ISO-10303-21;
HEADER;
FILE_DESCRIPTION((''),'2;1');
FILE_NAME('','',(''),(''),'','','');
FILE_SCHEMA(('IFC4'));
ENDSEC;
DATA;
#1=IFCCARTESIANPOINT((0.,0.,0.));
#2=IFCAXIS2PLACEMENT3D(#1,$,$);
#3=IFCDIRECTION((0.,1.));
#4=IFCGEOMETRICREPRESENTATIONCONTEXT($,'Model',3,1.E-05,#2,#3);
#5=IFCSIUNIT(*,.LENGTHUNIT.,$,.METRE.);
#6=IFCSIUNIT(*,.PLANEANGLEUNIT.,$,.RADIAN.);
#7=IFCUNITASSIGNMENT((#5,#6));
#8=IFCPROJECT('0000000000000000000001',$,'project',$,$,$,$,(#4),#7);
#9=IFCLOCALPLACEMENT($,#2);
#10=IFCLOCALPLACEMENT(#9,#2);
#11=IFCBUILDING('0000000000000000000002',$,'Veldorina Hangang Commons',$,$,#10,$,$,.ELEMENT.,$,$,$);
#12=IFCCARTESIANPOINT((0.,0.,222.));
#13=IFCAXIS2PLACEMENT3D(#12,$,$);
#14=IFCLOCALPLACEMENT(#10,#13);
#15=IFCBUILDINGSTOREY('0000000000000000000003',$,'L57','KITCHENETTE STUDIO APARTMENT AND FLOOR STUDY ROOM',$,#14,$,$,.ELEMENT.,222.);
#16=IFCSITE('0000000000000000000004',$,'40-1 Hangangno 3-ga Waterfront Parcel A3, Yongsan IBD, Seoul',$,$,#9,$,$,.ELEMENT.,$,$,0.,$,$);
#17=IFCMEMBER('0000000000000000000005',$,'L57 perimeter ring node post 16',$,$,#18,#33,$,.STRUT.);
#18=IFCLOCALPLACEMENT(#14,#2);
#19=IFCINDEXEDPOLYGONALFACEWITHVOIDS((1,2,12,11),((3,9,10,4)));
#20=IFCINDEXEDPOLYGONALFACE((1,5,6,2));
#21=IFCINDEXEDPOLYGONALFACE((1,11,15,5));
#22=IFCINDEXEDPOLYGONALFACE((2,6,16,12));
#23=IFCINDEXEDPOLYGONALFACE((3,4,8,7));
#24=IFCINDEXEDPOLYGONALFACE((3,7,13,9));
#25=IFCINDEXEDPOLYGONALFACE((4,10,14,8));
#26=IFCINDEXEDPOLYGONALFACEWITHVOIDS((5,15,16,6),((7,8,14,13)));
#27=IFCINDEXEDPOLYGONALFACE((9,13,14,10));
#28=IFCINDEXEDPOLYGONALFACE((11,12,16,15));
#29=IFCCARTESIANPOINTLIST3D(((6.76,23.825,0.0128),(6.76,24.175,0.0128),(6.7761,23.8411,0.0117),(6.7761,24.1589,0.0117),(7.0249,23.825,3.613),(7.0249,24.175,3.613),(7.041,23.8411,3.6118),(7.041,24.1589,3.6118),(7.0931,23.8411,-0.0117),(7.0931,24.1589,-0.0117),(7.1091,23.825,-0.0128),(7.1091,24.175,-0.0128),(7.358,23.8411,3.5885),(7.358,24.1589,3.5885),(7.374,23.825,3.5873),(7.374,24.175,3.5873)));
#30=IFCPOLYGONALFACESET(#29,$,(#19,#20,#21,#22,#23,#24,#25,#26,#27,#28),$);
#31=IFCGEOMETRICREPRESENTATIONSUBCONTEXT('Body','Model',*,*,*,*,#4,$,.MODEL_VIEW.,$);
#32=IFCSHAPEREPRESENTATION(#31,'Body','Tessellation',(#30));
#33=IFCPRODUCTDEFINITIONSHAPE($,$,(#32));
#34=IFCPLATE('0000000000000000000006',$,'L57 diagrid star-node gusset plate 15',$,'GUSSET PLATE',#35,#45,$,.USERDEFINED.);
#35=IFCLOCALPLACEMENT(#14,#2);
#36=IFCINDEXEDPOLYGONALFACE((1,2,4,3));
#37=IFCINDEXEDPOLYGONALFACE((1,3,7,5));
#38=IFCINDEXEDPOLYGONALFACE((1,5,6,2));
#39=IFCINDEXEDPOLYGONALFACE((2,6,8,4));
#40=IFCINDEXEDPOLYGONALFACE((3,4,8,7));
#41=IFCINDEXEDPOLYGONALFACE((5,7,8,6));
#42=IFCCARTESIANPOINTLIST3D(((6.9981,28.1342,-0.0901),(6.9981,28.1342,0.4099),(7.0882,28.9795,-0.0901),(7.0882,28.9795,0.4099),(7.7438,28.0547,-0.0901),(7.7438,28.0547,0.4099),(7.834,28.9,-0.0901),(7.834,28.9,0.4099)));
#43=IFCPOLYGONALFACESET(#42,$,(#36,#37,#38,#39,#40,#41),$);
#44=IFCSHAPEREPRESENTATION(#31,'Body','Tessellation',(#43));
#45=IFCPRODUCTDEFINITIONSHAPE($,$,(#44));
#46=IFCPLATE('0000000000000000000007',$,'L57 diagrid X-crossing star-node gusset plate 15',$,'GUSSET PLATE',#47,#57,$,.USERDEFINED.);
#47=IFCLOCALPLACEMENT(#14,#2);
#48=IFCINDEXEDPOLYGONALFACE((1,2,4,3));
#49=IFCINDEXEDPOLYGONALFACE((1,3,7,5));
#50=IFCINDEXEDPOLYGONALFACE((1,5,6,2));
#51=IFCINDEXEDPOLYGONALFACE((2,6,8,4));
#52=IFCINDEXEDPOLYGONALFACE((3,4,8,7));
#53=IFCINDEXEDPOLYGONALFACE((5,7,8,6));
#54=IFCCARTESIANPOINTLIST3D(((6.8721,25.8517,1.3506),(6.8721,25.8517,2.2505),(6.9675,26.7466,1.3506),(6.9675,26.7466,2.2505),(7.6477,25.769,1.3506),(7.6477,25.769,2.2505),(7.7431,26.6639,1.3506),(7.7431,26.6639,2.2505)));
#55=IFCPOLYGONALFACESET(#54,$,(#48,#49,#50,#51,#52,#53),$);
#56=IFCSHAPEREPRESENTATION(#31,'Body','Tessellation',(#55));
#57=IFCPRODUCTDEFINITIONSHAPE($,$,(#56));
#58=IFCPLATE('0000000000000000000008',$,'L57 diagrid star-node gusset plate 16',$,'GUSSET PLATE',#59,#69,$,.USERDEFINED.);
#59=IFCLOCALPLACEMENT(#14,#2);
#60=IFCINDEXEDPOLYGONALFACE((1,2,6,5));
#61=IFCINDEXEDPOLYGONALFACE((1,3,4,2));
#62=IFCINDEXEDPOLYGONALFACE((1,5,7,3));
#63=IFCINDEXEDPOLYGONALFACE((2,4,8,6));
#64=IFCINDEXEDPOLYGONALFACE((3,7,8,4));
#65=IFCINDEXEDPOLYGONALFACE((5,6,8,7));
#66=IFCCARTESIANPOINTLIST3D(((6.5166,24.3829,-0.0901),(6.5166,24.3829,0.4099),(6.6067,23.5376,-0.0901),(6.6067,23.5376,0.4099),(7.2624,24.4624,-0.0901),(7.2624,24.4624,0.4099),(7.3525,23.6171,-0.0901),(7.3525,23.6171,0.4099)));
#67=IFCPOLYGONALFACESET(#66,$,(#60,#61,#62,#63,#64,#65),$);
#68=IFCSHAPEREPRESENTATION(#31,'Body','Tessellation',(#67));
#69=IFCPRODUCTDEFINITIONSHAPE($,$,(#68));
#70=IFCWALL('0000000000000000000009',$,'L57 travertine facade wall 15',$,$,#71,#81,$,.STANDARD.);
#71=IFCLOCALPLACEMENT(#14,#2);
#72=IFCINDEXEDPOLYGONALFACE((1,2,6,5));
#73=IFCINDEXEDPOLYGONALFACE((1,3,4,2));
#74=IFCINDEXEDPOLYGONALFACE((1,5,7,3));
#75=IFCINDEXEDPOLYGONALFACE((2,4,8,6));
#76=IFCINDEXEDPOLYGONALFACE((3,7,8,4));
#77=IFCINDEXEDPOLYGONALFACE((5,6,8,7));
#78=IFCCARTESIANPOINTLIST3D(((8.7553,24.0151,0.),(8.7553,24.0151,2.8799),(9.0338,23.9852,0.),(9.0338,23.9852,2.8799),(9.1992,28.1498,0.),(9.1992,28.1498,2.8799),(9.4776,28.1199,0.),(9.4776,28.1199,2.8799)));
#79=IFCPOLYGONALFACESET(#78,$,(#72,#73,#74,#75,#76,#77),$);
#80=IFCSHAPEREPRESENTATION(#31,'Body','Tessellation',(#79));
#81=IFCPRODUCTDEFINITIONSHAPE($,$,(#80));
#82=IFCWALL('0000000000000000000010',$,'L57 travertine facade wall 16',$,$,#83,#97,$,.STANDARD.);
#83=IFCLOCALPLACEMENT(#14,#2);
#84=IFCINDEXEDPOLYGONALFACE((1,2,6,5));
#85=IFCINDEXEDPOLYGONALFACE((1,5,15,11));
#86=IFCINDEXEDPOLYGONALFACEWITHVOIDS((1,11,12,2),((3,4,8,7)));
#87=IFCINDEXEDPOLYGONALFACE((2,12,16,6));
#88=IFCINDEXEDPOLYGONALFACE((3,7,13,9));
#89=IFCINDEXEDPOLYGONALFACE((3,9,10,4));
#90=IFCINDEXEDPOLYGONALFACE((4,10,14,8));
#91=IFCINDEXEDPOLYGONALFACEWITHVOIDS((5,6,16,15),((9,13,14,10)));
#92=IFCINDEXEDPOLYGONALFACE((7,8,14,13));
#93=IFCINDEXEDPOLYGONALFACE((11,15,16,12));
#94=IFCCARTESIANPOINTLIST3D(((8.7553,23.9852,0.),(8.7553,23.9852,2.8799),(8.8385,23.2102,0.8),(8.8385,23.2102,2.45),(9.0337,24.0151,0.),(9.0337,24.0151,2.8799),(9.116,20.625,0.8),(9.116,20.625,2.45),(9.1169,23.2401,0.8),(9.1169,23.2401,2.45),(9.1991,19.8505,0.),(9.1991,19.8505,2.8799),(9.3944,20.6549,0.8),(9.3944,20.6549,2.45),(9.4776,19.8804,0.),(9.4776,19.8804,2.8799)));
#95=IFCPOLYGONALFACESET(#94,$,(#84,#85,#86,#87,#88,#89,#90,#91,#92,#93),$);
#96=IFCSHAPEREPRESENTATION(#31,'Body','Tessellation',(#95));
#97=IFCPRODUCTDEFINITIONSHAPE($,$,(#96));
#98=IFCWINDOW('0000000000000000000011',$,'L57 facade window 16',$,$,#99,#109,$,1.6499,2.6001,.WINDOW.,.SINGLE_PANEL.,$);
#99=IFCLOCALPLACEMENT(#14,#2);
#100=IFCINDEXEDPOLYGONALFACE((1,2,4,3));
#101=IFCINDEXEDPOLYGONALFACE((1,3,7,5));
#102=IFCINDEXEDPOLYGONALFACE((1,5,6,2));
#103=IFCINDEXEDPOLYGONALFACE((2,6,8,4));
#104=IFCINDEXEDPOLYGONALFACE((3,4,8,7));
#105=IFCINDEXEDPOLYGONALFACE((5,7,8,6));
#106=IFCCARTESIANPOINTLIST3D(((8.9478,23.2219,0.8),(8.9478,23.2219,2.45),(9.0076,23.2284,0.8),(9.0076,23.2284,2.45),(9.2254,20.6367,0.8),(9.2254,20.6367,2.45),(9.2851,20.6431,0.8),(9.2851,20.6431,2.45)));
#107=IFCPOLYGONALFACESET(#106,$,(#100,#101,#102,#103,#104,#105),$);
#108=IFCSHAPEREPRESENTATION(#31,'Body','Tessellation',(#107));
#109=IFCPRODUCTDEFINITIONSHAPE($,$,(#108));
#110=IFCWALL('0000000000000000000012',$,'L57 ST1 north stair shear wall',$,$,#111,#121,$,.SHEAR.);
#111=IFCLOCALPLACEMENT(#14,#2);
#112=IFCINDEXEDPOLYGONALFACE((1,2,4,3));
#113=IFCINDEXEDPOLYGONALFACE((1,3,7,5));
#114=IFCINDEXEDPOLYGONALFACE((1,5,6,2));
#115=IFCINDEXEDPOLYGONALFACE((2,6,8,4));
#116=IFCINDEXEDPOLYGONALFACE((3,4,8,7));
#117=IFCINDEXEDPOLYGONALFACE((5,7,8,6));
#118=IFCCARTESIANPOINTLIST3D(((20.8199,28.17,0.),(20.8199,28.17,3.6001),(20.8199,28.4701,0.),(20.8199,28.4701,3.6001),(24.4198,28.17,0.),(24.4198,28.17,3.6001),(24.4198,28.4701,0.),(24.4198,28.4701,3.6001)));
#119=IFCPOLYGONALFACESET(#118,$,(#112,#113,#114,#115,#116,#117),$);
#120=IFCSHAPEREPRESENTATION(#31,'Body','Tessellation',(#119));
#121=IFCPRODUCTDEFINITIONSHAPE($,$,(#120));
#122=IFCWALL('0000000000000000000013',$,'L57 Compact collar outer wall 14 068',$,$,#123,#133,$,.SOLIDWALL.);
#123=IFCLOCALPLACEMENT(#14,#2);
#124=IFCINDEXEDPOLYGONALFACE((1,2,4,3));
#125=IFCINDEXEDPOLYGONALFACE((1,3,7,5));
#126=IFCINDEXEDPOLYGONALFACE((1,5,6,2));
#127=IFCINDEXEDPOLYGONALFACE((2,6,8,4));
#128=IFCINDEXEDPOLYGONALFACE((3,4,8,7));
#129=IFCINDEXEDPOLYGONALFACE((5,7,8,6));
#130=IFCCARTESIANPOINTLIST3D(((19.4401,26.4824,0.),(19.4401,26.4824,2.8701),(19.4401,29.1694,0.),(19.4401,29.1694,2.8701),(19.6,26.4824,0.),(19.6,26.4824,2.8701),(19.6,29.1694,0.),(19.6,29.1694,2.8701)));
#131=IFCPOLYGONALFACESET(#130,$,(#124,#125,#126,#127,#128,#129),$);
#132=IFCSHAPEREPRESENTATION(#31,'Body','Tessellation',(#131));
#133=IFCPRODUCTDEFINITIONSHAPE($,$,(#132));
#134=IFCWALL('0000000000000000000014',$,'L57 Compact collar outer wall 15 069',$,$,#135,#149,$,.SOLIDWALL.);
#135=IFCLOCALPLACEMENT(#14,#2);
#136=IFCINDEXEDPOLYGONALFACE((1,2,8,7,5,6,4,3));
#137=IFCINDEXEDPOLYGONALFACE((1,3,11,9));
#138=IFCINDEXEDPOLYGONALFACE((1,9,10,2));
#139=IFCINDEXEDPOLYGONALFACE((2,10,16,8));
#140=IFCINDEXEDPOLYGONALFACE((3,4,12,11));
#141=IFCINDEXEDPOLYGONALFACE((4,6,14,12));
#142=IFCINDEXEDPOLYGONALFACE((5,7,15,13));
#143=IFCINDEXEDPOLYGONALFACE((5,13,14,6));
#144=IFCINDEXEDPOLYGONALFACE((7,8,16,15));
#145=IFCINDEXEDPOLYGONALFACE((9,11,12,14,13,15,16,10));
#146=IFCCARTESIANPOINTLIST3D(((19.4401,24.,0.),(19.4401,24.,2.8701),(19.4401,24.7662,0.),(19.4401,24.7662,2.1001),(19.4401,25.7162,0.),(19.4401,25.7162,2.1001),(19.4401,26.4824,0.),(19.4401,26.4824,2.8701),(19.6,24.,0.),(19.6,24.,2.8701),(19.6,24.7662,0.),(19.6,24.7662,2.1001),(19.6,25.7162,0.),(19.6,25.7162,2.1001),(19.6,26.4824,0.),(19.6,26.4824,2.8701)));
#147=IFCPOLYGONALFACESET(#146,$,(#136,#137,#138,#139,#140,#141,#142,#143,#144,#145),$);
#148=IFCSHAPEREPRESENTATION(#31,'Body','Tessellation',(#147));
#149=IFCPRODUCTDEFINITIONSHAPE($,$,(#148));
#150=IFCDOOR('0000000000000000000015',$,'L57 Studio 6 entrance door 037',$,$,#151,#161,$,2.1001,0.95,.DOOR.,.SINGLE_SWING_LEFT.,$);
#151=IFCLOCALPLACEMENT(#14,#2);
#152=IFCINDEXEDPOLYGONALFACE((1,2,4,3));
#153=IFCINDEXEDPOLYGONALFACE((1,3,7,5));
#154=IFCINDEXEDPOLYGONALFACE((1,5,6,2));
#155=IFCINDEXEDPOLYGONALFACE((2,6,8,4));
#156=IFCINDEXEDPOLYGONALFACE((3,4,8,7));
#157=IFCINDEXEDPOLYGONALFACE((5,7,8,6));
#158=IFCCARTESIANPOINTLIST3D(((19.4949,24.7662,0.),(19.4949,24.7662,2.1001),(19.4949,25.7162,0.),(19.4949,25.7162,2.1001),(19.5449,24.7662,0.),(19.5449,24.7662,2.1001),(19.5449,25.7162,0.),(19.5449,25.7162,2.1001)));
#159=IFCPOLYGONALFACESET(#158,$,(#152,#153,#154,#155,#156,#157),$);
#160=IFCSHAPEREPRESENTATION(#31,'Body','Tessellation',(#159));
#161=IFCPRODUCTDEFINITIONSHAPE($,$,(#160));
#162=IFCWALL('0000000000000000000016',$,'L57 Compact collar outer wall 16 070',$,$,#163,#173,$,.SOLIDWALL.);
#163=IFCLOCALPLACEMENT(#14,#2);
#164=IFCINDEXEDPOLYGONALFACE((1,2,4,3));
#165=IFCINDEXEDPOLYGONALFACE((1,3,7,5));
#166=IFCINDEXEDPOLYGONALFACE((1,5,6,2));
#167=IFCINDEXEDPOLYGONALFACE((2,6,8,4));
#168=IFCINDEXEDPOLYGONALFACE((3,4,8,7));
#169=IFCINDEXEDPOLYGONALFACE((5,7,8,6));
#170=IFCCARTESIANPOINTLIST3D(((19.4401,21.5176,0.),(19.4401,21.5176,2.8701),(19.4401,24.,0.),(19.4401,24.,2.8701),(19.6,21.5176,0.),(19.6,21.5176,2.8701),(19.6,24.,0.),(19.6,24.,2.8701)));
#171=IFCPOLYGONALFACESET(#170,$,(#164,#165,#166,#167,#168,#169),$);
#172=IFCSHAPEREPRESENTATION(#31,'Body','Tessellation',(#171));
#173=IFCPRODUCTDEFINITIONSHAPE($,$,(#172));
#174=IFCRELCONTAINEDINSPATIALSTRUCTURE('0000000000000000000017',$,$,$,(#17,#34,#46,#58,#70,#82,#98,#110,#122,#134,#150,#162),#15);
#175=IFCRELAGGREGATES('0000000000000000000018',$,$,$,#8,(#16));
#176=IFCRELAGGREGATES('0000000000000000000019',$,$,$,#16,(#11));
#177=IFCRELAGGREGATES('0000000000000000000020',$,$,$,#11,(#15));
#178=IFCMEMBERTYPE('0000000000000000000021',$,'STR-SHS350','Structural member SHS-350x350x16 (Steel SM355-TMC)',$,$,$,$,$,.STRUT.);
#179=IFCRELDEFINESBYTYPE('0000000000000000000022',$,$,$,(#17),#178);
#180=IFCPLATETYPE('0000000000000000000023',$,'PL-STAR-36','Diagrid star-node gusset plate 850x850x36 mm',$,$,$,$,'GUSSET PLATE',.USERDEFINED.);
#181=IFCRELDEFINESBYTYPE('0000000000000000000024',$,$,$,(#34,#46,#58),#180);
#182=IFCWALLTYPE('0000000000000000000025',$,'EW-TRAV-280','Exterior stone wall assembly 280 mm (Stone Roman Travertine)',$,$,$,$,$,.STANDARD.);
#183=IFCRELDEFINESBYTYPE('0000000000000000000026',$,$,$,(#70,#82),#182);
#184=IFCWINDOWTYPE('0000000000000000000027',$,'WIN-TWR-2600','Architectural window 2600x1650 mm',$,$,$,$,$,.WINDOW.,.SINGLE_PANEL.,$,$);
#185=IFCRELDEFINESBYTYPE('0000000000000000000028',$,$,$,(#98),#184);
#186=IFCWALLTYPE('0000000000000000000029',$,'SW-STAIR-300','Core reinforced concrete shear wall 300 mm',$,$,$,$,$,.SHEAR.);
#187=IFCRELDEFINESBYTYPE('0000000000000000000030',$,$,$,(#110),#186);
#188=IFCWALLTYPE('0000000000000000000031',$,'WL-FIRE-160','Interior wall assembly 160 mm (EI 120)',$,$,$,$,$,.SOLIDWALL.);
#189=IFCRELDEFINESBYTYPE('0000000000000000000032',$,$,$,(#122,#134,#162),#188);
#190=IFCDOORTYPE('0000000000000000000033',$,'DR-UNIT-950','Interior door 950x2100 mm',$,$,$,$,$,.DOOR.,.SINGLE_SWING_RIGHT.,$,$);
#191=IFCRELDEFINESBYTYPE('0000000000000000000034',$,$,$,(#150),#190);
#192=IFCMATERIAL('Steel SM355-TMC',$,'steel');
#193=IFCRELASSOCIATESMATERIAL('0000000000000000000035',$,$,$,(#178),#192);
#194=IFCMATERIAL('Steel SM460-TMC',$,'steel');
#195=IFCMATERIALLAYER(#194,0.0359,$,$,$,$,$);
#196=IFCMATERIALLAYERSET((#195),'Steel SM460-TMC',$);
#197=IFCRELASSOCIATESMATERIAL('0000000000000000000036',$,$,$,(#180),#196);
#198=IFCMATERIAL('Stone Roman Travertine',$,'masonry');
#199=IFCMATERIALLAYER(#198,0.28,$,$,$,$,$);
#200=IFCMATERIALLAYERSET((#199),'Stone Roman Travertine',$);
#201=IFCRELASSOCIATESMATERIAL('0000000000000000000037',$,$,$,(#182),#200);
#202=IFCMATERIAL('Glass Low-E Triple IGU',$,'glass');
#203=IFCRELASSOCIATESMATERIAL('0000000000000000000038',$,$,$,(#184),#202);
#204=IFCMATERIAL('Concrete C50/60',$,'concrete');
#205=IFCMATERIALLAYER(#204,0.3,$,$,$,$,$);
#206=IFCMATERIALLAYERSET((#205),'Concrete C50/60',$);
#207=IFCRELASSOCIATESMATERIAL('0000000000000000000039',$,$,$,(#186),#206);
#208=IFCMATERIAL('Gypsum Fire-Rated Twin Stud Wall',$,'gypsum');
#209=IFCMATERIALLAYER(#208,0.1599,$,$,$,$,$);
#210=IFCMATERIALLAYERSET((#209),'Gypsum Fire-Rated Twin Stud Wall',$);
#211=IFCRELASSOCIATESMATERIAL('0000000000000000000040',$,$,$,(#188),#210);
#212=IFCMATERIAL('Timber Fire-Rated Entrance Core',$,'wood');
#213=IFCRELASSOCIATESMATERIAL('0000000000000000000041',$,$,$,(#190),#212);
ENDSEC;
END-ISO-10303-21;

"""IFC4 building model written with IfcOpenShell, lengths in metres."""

from ifc_helpers import new_model, si_unit, direction, frame, frame_2d, origin, origin_2d, place, context, subcontext, project, spatial, rectangle, hollow_rectangle, extrude, material, layer, layer_set, material_profile, profile_set, type_object, element, fill, save


model = new_model("IFC4")

# Units and contexts
model_context = context("Model", 3, precision=1e-05, world=origin(), true_north=direction((0.0, 1.0)))
body_context = subcontext(model_context, "Body", "Model", "MODEL_VIEW")
ifc_project = project(units=[si_unit("LENGTHUNIT", "METRE"), si_unit("PLANEANGLEUNIT", "RADIAN")], contexts=[model_context])

# Site, building, storey
site_placement = place(None, origin())
site = spatial("IfcSite", under=ifc_project, at=site_placement, Name="40-1 Hangangno 3-ga Waterfront Parcel A3, Yongsan IBD, Seoul", CompositionType="ELEMENT", RefElevation=0.0)
building_placement = place(site_placement, origin())
building = spatial("IfcBuilding", under=site, at=building_placement, Name="Veldorina Hangang Commons", CompositionType="ELEMENT")
storey_placement = place(building_placement, frame((0.0, 0.0, 222.0)))
storey = spatial("IfcBuildingStorey", under=building, at=storey_placement, Name="L57", Description="KITCHENETTE STUDIO APARTMENT AND FLOOR STUDY ROOM", CompositionType="ELEMENT", Elevation=222.0)

# Shared definitions
ifc_material_1 = material(Name="Steel SM355-TMC", Category="steel")

# Member
ifc_material_profile_1 = material_profile(ifc_material_1, hollow_rectangle(XDim=0.3501, YDim=0.3501, WallThickness=0.0161, at=origin_2d()), Name="SHS-350x350x16")
ifc_profile_set_1 = profile_set([ifc_material_profile_1], Name="Steel SM355-TMC")
member_type_1 = type_object("IfcMemberType", Name="STR-SHS350", Description="Structural member SHS-350x350x16 (Steel SM355-TMC)", PredefinedType="STRUT", material=ifc_profile_set_1)
member_1_placement = place(storey_placement, frame((6.9346, 24.0, 0.0), z_axis=(0.073381, 0.0, 0.997304), x_axis=(0.0, 1.0, 0.0)))
element("IfcMember", 1, at=member_1_placement, inside=storey, type_object=member_type_1, Name="L57 perimeter ring node post 16", PredefinedType="STRUT", context=body_context, shape_type="SweptSolid", body=[
    extrude(hollow_rectangle(XDim=0.3501, YDim=0.3501, WallThickness=0.0161, at=origin_2d()), origin(), (0.0, 0.0, 1.0), 3.6099),
])

# Plates
ifc_material_2 = material(Name="Steel SM460-TMC", Category="steel")
ifc_layer_1 = layer(ifc_material_2, 0.0359)
ifc_layer_set_1 = layer_set([ifc_layer_1], Name="Steel SM460-TMC")
plate_type = type_object("IfcPlateType", Name="PL-STAR-36", Description="Diagrid star-node gusset plate 850x850x36 mm", ElementType="GUSSET PLATE", PredefinedType="USERDEFINED", material=ifc_layer_set_1)
plate_1_placement = place(storey_placement, frame((7.416, 28.5171, -0.0901), z_axis=(0.0, 0.0, 1.0), x_axis=(-0.106021, -0.994364, 0.0)))
element("IfcPlate", 2, at=plate_1_placement, inside=storey, type_object=plate_type, Name="L57 diagrid star-node gusset plate 15", ObjectType="GUSSET PLATE", PredefinedType="USERDEFINED", context=body_context, shape_type="SweptSolid", body=[
    extrude(rectangle(XDim=0.8501, YDim=0.75, at=origin_2d()), origin(), (0.0, 0.0, 1.0), 0.5),
])
plate_2_placement = place(storey_placement, frame((7.3076, 26.2578, 1.3506), z_axis=(0.0, 0.0, 1.0), x_axis=(-0.106021, -0.994364, 0.0)))
element("IfcPlate", 3, at=plate_2_placement, inside=storey, type_object=plate_type, Name="L57 diagrid X-crossing star-node gusset plate 15", ObjectType="GUSSET PLATE", PredefinedType="USERDEFINED", context=body_context, shape_type="SweptSolid", body=[
    extrude(rectangle(XDim=0.8999, YDim=0.78, at=origin_2d()), origin(), (0.0, 0.0, 1.0), 0.8999),
])
plate_3_placement = place(storey_placement, frame((6.9346, 24.0, -0.0901), z_axis=(0.0, 0.0, 1.0), x_axis=(0.106021, -0.994364, 0.0)))
element("IfcPlate", 4, at=plate_3_placement, inside=storey, type_object=plate_type, Name="L57 diagrid star-node gusset plate 16", ObjectType="GUSSET PLATE", PredefinedType="USERDEFINED", context=body_context, shape_type="SweptSolid", body=[
    extrude(rectangle(XDim=0.8501, YDim=0.75, at=origin_2d()), origin(), (0.0, 0.0, 1.0), 0.5),
])

# Wall
ifc_material_3 = material(Name="Stone Roman Travertine", Category="masonry")
ifc_layer_2 = layer(ifc_material_3, 0.28)
ifc_layer_set_2 = layer_set([ifc_layer_2], Name="Stone Roman Travertine")
wall_type_1 = type_object("IfcWallType", Name="EW-TRAV-280", Description="Exterior stone wall assembly 280 mm (Stone Roman Travertine)", PredefinedType="STANDARD", material=ifc_layer_set_2)
wall_1_placement = place(storey_placement, frame((9.3384, 28.1348, 0.0), z_axis=(0.0, 0.0, 1.0), x_axis=(-0.106732, -0.994288, 0.0)))
element("IfcWall", 5, at=wall_1_placement, inside=storey, type_object=wall_type_1, Name="L57 travertine facade wall 15", PredefinedType="STANDARD", context=body_context, shape_type="SweptSolid", body=[
    extrude(rectangle(XDim=4.1584, YDim=0.28, at=frame_2d((2.0791, 0.0))), origin(), (0.0, 0.0, 1.0), 2.8799),
])

# Wall, opening, window
wall_2_placement = place(storey_placement, frame((8.8945, 24.0, 0.0), z_axis=(0.0, 0.0, 1.0), x_axis=(0.106732, -0.994288, 0.0)))
wall_2 = element("IfcWall", 6, at=wall_2_placement, inside=storey, type_object=wall_type_1, Name="L57 travertine facade wall 16", PredefinedType="STANDARD", context=body_context, shape_type="SweptSolid", body=[
    extrude(rectangle(XDim=4.1584, YDim=0.28, at=frame_2d((2.0791, 0.0))), origin(), (0.0, 0.0, 1.0), 2.8799),
])
opening_1_placement = place(wall_2_placement, frame((0.7793, 0.0, 0.8)))
opening_1 = element("IfcOpeningElement", 7, at=opening_1_placement, cuts=wall_2, PredefinedType="OPENING", context=body_context, shape_type="SweptSolid", body=[
    extrude(rectangle(XDim=2.6001, YDim=1.6499, at=frame_2d((1.3, 0.825))), frame((0.0, 0.1499, 0.0), z_axis=(0.0, -1.0, 0.0), x_axis=(1.0, 0.0, 0.0)), (0.0, 0.0, 1.0), 0.3),
])
ifc_material_4 = material(Name="Glass Low-E Triple IGU", Category="glass")
window_type = type_object("IfcWindowType", Name="WIN-TWR-2600", Description="Architectural window 2600x1650 mm", PartitioningType="SINGLE_PANEL", PredefinedType="WINDOW", material=ifc_material_4)
window_placement = place(opening_1_placement, origin())
window = element("IfcWindow", 8, at=window_placement, inside=storey, type_object=window_type, Name="L57 facade window 16", OverallHeight=1.6499, OverallWidth=2.6001, PartitioningType="SINGLE_PANEL", PredefinedType="WINDOW", context=body_context, shape_type="SweptSolid", body=[
    extrude(rectangle(XDim=2.6001, YDim=1.6499, at=frame_2d((1.3, 0.825))), frame((0.0, 0.03, 0.0), z_axis=(0.0, -1.0, 0.0), x_axis=(1.0, 0.0, 0.0)), (0.0, 0.0, 1.0), 0.0601),
])
fill(opening_1, window)

# Walls
ifc_material_5 = material(Name="Concrete C50/60", Category="concrete")
ifc_layer_3 = layer(ifc_material_5, 0.3)
ifc_layer_set_3 = layer_set([ifc_layer_3], Name="Concrete C50/60")
wall_type_2 = type_object("IfcWallType", Name="SW-STAIR-300", Description="Core reinforced concrete shear wall 300 mm", PredefinedType="SHEAR", material=ifc_layer_set_3)
wall_3_placement = place(storey_placement, frame((20.8201, 28.3201, 0.0), z_axis=(0.0, 0.0, 1.0), x_axis=(1.0, 0.0, 0.0)))
element("IfcWall", 9, at=wall_3_placement, inside=storey, type_object=wall_type_2, Name="L57 ST1 north stair shear wall", PredefinedType="SHEAR", context=body_context, shape_type="SweptSolid", body=[
    extrude(rectangle(XDim=3.5999, YDim=0.3, at=frame_2d((1.7998, 0.0))), origin(), (0.0, 0.0, 1.0), 3.6001),
])
ifc_material_6 = material(Name="Gypsum Fire-Rated Twin Stud Wall", Category="gypsum")
ifc_layer_4 = layer(ifc_material_6, 0.1599)
ifc_layer_set_4 = layer_set([ifc_layer_4], Name="Gypsum Fire-Rated Twin Stud Wall")
wall_type_3 = type_object("IfcWallType", Name="WL-FIRE-160", Description="Interior wall assembly 160 mm (EI 120)", PredefinedType="SOLIDWALL", material=ifc_layer_set_4)
wall_4_placement = place(storey_placement, frame((19.52, 29.1694, 0.0), z_axis=(0.0, 0.0, 1.0), x_axis=(0.0, -1.0, 0.0)))
element("IfcWall", 10, at=wall_4_placement, inside=storey, type_object=wall_type_3, Name="L57 Compact collar outer wall 14 068", PredefinedType="SOLIDWALL", context=body_context, shape_type="SweptSolid", body=[
    extrude(rectangle(XDim=2.687, YDim=0.1599, at=frame_2d((1.3435, 0.0))), origin(), (0.0, 0.0, 1.0), 2.8701),
])

# Wall, opening, door
wall_5_placement = place(storey_placement, frame((19.52, 26.4824, 0.0), z_axis=(0.0, 0.0, 1.0), x_axis=(0.0, -1.0, 0.0)))
wall_5 = element("IfcWall", 11, at=wall_5_placement, inside=storey, type_object=wall_type_3, Name="L57 Compact collar outer wall 15 069", PredefinedType="SOLIDWALL", context=body_context, shape_type="SweptSolid", body=[
    extrude(rectangle(XDim=2.4824, YDim=0.1599, at=frame_2d((1.2412, 0.0))), origin(), (0.0, 0.0, 1.0), 2.8701),
])
opening_2_placement = place(wall_5_placement, frame((0.7661, 0.0, 0.0)))
opening_2 = element("IfcOpeningElement", 12, at=opening_2_placement, cuts=wall_5, PredefinedType="OPENING", context=body_context, shape_type="SweptSolid", body=[
    extrude(rectangle(XDim=0.95, YDim=2.1001, at=frame_2d((0.4751, 1.05))), frame((0.0, 0.0898, 0.0), z_axis=(0.0, -1.0, 0.0), x_axis=(1.0, 0.0, 0.0)), (0.0, 0.0, 1.0), 0.1799),
])
ifc_material_7 = material(Name="Timber Fire-Rated Entrance Core", Category="wood")
door_type_1 = type_object("IfcDoorType", Name="DR-UNIT-950", Description="Interior door 950x2100 mm", OperationType="SINGLE_SWING_RIGHT", PredefinedType="DOOR", material=ifc_material_7)
door_1_placement = place(opening_2_placement, origin())
door_1 = element("IfcDoor", 13, at=door_1_placement, inside=storey, type_object=door_type_1, Name="L57 Studio 6 entrance door 037", OperationType="SINGLE_SWING_LEFT", OverallHeight=2.1001, OverallWidth=0.95, PredefinedType="DOOR", context=body_context, shape_type="SweptSolid", body=[
    extrude(rectangle(XDim=0.95, YDim=2.1001, at=frame_2d((0.4751, 1.05))), frame((0.0, 0.0249, 0.0), z_axis=(0.0, -1.0, 0.0), x_axis=(1.0, 0.0, 0.0)), (0.0, 0.0, 1.0), 0.05),
])
fill(opening_2, door_1)

# Wall
wall_6_placement = place(storey_placement, frame((19.52, 24.0, 0.0), z_axis=(0.0, 0.0, 1.0), x_axis=(0.0, -1.0, 0.0)))
element("IfcWall", 14, at=wall_6_placement, inside=storey, type_object=wall_type_3, Name="L57 Compact collar outer wall 16 070", PredefinedType="SOLIDWALL", context=body_context, shape_type="SweptSolid", body=[
    extrude(rectangle(XDim=2.4824, YDim=0.1599, at=frame_2d((1.2412, 0.0))), origin(), (0.0, 0.0, 1.0), 2.8701),
])

save(model, "model.ifc")
